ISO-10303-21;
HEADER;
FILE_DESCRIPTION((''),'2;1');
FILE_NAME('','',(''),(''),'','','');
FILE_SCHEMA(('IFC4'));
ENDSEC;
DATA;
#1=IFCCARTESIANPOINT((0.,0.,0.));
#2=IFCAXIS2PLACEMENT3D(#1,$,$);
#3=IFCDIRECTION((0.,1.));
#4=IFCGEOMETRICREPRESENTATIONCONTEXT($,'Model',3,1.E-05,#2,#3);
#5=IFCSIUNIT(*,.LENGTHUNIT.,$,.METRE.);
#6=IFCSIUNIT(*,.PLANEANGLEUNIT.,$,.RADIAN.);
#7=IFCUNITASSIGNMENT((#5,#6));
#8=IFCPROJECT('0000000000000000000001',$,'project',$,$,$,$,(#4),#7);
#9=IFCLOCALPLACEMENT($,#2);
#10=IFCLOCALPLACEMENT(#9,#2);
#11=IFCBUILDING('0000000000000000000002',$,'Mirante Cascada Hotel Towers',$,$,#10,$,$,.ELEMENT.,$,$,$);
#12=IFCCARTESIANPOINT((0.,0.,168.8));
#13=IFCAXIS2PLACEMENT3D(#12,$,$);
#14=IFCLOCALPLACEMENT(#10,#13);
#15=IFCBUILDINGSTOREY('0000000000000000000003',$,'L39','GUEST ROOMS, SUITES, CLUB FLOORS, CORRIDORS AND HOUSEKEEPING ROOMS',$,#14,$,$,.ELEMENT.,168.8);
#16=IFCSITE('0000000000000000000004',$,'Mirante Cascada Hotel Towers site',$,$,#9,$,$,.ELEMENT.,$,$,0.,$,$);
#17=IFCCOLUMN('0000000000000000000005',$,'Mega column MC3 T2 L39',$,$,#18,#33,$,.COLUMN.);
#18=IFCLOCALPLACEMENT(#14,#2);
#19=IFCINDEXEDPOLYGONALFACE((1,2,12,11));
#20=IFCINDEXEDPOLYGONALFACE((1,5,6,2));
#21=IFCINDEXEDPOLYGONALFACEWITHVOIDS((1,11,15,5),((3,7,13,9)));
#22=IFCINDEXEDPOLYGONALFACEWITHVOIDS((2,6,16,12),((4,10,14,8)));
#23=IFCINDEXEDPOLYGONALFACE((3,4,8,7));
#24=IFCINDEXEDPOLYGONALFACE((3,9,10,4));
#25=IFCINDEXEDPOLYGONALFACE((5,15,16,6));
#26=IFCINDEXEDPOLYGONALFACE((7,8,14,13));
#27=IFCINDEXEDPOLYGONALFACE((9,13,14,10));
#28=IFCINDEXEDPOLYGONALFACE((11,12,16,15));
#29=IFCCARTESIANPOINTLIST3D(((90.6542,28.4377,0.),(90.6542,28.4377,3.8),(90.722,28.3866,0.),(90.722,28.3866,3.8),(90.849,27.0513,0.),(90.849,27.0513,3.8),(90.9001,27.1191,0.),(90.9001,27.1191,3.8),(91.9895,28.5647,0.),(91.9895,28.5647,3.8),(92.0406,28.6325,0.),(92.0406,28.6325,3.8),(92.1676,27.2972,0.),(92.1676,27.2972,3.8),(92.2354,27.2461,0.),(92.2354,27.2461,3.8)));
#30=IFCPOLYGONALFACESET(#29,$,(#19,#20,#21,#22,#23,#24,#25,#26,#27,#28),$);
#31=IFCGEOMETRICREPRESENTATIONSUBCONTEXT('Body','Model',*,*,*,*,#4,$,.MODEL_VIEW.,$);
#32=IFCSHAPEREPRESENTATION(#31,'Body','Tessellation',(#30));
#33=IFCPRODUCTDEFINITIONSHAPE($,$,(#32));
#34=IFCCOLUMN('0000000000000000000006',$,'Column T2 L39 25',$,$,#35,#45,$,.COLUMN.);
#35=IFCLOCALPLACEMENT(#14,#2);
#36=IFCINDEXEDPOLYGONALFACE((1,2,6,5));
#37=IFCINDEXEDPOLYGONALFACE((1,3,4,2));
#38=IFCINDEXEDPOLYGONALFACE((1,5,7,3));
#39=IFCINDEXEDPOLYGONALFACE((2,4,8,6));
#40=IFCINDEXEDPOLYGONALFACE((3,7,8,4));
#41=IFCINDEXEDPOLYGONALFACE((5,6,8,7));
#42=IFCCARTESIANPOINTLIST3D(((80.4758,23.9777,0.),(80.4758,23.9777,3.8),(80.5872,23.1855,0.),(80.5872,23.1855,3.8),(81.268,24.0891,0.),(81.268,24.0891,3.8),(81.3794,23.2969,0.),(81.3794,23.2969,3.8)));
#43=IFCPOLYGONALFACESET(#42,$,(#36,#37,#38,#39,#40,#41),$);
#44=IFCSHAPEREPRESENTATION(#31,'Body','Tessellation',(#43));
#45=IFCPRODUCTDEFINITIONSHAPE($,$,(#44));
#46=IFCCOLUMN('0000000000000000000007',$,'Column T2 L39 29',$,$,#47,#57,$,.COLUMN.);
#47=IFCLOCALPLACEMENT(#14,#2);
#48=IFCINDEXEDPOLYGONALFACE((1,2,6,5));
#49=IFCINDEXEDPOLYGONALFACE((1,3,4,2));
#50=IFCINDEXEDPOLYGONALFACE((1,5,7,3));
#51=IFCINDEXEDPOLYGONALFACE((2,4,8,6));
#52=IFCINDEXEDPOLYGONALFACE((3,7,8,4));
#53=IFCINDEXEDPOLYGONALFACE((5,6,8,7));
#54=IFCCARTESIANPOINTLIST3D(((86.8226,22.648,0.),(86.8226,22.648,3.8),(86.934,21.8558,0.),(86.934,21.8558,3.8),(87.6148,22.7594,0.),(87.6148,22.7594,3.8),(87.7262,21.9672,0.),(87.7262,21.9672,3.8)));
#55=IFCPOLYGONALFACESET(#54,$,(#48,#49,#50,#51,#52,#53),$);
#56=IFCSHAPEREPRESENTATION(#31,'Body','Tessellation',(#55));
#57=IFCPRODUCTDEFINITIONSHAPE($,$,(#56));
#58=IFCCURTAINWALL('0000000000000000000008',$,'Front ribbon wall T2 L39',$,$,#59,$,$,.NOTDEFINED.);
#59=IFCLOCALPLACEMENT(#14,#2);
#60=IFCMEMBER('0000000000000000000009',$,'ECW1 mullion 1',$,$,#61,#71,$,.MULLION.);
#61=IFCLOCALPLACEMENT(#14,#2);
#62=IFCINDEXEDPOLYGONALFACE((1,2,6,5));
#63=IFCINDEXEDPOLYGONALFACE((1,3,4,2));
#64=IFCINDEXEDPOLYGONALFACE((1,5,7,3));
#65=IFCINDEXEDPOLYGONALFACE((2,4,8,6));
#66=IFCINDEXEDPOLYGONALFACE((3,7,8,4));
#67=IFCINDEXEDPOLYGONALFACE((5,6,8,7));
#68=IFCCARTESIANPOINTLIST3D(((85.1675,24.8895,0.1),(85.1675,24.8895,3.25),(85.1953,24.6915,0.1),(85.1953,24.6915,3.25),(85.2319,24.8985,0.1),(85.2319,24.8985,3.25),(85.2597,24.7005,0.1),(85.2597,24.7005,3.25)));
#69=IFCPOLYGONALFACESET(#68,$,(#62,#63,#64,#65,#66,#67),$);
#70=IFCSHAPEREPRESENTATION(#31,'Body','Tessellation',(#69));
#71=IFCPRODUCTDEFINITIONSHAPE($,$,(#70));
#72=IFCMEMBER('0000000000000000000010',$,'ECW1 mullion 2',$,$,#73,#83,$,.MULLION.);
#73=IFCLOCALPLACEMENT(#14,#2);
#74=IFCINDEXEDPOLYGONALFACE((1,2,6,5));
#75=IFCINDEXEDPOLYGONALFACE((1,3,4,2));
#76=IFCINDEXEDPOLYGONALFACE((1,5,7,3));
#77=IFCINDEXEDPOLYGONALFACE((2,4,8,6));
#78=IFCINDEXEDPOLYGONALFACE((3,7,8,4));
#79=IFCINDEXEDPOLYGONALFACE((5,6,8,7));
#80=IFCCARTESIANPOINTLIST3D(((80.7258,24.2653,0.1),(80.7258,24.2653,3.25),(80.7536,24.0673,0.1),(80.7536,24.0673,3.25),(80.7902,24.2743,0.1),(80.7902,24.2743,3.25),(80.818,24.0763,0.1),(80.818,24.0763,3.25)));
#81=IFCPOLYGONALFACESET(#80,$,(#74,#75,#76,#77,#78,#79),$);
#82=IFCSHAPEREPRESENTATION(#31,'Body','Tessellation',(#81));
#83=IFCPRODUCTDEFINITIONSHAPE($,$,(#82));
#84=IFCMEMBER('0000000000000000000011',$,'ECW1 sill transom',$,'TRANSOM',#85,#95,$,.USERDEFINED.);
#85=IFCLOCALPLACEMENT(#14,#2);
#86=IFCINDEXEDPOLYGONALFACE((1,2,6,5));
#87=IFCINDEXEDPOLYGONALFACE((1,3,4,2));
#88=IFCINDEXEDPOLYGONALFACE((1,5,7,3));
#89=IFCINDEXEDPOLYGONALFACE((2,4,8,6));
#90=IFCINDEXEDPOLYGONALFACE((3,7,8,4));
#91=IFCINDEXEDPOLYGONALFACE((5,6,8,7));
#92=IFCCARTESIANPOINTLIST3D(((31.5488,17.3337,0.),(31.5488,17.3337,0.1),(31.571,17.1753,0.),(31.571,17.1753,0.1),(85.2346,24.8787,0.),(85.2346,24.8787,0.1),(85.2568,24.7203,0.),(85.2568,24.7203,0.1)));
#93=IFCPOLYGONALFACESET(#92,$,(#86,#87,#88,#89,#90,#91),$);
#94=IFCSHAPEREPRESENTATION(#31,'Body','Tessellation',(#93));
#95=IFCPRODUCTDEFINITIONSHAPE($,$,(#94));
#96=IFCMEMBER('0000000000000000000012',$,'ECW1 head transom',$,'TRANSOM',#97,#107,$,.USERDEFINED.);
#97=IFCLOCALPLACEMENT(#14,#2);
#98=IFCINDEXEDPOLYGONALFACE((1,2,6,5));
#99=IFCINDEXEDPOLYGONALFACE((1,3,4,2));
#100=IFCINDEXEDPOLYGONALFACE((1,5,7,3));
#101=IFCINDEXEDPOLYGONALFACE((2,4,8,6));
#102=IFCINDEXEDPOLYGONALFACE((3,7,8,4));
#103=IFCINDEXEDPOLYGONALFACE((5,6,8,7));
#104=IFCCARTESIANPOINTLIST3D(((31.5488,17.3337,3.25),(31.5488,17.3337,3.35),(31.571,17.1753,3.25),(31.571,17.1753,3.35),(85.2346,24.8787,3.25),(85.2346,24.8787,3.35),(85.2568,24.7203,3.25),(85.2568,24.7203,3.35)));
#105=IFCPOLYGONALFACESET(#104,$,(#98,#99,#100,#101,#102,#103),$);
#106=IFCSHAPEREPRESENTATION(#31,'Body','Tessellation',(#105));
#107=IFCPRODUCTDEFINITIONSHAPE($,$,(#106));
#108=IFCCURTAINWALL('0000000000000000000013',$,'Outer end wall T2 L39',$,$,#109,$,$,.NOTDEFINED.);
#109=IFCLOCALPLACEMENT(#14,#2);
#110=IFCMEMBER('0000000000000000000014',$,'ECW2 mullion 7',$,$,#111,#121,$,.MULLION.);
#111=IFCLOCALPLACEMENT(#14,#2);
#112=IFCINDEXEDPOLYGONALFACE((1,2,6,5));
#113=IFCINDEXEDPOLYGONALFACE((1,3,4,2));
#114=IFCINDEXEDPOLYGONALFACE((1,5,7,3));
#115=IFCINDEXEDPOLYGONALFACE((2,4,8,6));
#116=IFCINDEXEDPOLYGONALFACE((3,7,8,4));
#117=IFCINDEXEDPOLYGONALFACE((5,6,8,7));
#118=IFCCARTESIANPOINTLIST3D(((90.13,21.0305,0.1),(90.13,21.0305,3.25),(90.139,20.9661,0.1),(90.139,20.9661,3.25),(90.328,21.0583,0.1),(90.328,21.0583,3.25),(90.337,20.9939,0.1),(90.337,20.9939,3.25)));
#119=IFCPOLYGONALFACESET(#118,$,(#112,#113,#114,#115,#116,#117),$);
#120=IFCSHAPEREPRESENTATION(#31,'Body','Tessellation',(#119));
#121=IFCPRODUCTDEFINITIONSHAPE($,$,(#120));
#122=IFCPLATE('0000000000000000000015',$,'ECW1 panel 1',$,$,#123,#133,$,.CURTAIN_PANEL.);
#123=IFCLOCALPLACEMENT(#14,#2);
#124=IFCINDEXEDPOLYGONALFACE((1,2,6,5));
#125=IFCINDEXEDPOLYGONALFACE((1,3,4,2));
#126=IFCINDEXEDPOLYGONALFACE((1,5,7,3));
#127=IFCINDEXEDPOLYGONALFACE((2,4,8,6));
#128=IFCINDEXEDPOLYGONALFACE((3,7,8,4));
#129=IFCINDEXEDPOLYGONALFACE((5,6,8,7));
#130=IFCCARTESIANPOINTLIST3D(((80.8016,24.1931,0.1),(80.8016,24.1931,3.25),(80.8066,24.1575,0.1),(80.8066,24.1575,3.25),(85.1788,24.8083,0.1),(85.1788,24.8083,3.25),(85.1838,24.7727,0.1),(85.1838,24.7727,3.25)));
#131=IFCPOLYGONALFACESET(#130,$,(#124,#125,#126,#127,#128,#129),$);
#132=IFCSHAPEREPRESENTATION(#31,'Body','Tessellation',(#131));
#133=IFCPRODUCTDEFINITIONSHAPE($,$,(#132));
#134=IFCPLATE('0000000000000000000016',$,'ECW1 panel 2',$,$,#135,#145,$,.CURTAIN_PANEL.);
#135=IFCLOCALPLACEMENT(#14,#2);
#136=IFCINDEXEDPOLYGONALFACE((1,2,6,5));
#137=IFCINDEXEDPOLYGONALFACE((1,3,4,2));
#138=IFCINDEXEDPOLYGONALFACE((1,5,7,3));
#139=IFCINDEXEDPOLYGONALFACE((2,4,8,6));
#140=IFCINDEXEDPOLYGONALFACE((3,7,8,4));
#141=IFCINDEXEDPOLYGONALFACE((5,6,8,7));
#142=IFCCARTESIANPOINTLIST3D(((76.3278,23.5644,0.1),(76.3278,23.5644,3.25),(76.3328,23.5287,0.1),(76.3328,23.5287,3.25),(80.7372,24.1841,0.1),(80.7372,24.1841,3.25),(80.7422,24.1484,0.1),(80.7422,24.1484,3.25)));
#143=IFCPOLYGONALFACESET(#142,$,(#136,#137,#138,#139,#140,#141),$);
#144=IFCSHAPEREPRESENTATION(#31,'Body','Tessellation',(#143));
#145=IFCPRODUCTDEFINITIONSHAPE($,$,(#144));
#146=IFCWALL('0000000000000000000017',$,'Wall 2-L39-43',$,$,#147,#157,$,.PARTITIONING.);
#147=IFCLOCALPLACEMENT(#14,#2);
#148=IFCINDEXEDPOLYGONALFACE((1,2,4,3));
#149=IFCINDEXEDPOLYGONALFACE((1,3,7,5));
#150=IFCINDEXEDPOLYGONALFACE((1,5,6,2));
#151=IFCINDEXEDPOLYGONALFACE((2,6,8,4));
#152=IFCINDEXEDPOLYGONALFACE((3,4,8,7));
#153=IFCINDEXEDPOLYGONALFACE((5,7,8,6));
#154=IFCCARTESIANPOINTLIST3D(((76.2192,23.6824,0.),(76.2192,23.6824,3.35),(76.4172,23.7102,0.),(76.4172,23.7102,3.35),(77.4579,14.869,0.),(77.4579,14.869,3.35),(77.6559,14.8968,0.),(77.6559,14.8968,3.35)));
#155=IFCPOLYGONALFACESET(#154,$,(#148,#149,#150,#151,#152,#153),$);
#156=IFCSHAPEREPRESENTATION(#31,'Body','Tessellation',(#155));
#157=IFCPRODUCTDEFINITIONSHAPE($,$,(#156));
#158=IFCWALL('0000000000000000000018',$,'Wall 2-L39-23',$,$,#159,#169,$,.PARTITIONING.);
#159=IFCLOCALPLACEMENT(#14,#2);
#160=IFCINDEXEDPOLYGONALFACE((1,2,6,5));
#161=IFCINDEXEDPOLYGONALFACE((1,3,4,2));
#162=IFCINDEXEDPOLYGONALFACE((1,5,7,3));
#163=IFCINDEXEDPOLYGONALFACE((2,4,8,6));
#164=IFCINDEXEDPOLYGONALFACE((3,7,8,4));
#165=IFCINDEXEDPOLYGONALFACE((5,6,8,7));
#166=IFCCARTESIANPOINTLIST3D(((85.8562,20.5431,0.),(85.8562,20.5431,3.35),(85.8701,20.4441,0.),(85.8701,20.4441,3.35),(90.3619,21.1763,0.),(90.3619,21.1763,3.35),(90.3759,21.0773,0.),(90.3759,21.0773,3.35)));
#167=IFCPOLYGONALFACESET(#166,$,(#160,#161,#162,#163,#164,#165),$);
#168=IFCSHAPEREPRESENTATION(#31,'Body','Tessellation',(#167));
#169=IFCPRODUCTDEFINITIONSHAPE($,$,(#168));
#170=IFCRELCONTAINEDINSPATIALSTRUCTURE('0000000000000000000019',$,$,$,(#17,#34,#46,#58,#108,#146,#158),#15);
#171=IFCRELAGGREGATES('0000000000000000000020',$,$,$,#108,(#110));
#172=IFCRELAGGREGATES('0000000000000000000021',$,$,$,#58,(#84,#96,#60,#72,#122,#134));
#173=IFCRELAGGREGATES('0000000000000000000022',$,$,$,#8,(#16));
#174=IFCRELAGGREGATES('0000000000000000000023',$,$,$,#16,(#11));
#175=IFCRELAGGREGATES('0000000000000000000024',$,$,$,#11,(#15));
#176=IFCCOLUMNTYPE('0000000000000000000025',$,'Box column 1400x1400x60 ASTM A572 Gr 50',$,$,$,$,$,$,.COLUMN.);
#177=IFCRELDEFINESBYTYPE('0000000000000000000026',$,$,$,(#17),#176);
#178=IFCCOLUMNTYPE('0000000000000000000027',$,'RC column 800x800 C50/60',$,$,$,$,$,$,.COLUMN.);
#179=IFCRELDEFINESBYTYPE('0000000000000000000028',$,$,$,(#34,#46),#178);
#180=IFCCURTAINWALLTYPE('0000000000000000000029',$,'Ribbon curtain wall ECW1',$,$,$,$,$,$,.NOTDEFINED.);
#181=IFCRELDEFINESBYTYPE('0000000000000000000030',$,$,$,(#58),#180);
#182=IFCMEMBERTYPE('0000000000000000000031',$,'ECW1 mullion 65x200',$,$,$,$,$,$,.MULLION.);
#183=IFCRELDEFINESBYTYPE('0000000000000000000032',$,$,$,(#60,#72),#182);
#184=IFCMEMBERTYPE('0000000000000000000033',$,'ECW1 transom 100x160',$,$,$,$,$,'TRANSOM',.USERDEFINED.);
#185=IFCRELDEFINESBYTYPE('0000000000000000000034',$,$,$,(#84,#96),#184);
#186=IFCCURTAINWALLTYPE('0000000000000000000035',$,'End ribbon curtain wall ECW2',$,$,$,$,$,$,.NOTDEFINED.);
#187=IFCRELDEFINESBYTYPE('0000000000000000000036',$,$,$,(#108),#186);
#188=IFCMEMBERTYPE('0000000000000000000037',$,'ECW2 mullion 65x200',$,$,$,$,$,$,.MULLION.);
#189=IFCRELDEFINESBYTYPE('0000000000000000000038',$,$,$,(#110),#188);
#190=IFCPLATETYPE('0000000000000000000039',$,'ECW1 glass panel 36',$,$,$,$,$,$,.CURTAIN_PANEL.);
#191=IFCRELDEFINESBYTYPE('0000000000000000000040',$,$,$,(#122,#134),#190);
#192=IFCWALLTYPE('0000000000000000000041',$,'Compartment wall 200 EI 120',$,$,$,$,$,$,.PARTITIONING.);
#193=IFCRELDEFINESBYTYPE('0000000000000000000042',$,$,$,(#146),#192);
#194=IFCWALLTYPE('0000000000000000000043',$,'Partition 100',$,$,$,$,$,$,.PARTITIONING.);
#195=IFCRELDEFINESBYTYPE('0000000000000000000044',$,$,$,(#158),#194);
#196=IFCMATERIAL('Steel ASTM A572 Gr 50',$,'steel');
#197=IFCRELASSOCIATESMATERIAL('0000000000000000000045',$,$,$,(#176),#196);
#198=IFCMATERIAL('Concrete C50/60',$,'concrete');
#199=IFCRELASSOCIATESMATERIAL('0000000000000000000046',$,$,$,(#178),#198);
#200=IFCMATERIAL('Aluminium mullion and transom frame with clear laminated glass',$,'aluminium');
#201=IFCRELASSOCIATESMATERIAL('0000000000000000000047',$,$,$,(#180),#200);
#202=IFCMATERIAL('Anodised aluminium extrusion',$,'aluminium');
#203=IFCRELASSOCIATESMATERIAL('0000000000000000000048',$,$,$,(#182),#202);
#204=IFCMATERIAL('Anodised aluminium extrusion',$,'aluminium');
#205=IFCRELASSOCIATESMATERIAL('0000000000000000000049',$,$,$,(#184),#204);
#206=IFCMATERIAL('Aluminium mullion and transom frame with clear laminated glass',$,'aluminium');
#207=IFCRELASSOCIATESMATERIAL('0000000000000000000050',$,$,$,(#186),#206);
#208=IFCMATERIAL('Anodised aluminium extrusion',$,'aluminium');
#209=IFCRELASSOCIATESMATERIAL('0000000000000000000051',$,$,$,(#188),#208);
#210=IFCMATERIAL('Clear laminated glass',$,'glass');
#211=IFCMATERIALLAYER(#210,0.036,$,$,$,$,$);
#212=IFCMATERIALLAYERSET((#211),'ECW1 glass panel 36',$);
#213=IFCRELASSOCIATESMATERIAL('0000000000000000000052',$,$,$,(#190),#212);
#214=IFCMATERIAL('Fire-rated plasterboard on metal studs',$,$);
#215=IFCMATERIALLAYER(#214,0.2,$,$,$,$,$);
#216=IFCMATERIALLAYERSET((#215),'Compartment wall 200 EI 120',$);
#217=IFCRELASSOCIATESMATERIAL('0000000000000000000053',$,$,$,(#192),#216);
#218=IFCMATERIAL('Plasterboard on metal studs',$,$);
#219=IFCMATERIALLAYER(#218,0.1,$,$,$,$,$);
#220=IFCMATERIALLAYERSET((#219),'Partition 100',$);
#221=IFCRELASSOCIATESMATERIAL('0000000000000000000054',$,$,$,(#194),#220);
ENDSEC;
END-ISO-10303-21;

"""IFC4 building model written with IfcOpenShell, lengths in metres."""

from ifc_helpers import new_model, si_unit, direction, frame, frame_2d, origin, origin_2d, place, context, subcontext, project, spatial, rectangle, hollow_rectangle, extrude, material, layer, layer_set, material_profile, profile_set, type_object, element, aggregate, save


model = new_model("IFC4")

# Units and contexts
model_context = context("Model", 3, precision=1e-05, world=origin(), true_north=direction((0.0, 1.0)))
body_context = subcontext(model_context, "Body", "Model", "MODEL_VIEW")
ifc_project = project(units=[si_unit("LENGTHUNIT", "METRE"), si_unit("PLANEANGLEUNIT", "RADIAN")], contexts=[model_context])

# Site, building, storey
site_placement = place(None, origin())
site = spatial("IfcSite", under=ifc_project, at=site_placement, Name="Mirante Cascada Hotel Towers site", CompositionType="ELEMENT", RefElevation=0.0)
building_placement = place(site_placement, origin())
building = spatial("IfcBuilding", under=site, at=building_placement, Name="Mirante Cascada Hotel Towers", CompositionType="ELEMENT")
storey_placement = place(building_placement, frame((0.0, 0.0, 168.8)))
storey = spatial("IfcBuildingStorey", under=building, at=storey_placement, Name="L39", Description="GUEST ROOMS, SUITES, CLUB FLOORS, CORRIDORS AND HOUSEKEEPING ROOMS", CompositionType="ELEMENT", Elevation=168.8)

# Columns
ifc_material_1 = material(Name="Steel ASTM A572 Gr 50", Category="steel")
ifc_material_profile_1 = material_profile(ifc_material_1, hollow_rectangle(XDim=1.4, YDim=1.4, WallThickness=0.06, at=origin_2d()), Name="Box column 1400x1400x60 ASTM A572 Gr 50")
ifc_profile_set_1 = profile_set([ifc_material_profile_1], Name="Steel ASTM A572 Gr 50")
column_type_1 = type_object("IfcColumnType", Name="Box column 1400x1400x60 ASTM A572 Gr 50", PredefinedType="COLUMN", material=ifc_profile_set_1)
column_placement = place(storey_placement, frame((91.4448, 27.8419, 0.0), z_axis=(0.0, 0.0, 1.0), x_axis=(0.990268, 0.139173, 0.0)))
element("IfcColumn", 1, at=column_placement, inside=storey, type_object=column_type_1, Name="Mega column MC3 T2 L39", PredefinedType="COLUMN", context=body_context, shape_type="SweptSolid", body=[
    extrude(hollow_rectangle(XDim=1.4, YDim=1.4, WallThickness=0.06, at=origin_2d()), origin(), (0.0, 0.0, 1.0), 3.8),
])
ifc_material_2 = material(Name="Concrete C50/60", Category="concrete")
ifc_material_profile_2 = material_profile(ifc_material_2, rectangle(XDim=0.8, YDim=0.8, at=origin_2d()), Name="RC column 800x800 C50/60")
ifc_profile_set_2 = profile_set([ifc_material_profile_2], Name="Concrete C50/60")
column_type_2 = type_object("IfcColumnType", Name="RC column 800x800 C50/60", PredefinedType="COLUMN", material=ifc_profile_set_2)
for number, where, z_axis, x_axis, name in (
    (2, (80.9276, 23.6373, 0.0), (0.0, 0.0, 1.0), (0.990268, 0.139173, 0.0), "Column T2 L39 25"),
    (3, (87.2744, 22.3076, 0.0), (0.0, 0.0, 1.0), (0.990268, 0.139173, 0.0), "Column T2 L39 29"),
):
    element("IfcColumn", number, at=place(storey_placement, frame(where, z_axis=z_axis, x_axis=x_axis)), inside=storey, type_object=column_type_2, Name=name, PredefinedType="COLUMN", context=body_context, shape_type="SweptSolid", body=[
        extrude(rectangle(XDim=0.8, YDim=0.8, at=origin_2d()), origin(), (0.0, 0.0, 1.0), 3.8),
    ])

# Curtain wall, members
ifc_material_3 = material(Name="Aluminium mullion and transom frame with clear laminated glass", Category="aluminium")
curtain_wall_type_1 = type_object("IfcCurtainWallType", Name="Ribbon curtain wall ECW1", PredefinedType="NOTDEFINED", material=ifc_material_3)
curtain_wall_1_placement = place(storey_placement, origin())
curtain_wall_1 = element("IfcCurtainWall", 4, at=curtain_wall_1_placement, inside=storey, type_object=curtain_wall_type_1, Name="Front ribbon wall T2 L39", PredefinedType="NOTDEFINED")
ifc_material_4 = material(Name="Anodised aluminium extrusion", Category="aluminium")
ifc_material_profile_3 = material_profile(ifc_material_4, rectangle(XDim=0.2, YDim=0.065, at=origin_2d()), Name="ECW1 MULLION 65x200")
ifc_profile_set_3 = profile_set([ifc_material_profile_3], Name="Anodised aluminium extrusion")
member_type_1 = type_object("IfcMemberType", Name="ECW1 mullion 65x200", PredefinedType="MULLION", material=ifc_profile_set_3)
member_1_placement = place(storey_placement, frame((85.2136, 24.795, 0.1), z_axis=(0.0, 0.0, 1.0), x_axis=(0.139173, -0.990268, 0.0)))
member_1 = element("IfcMember", 5, at=member_1_placement, type_object=member_type_1, Name="ECW1 mullion 1", PredefinedType="MULLION", context=body_context, shape_type="SweptSolid", body=[
    extrude(rectangle(XDim=0.2, YDim=0.065, at=origin_2d()), origin(), (0.0, 0.0, 1.0), 3.15),
])
member_2_placement = place(storey_placement, frame((80.7719, 24.1708, 0.1), z_axis=(0.0, 0.0, 1.0), x_axis=(0.139173, -0.990268, 0.0)))
member_2 = element("IfcMember", 6, at=member_2_placement, type_object=member_type_1, Name="ECW1 mullion 2", PredefinedType="MULLION", context=body_context, shape_type="SweptSolid", body=[
    extrude(rectangle(XDim=0.2, YDim=0.065, at=origin_2d()), origin(), (0.0, 0.0, 1.0), 3.15),
])
ifc_material_5 = material(Name="Anodised aluminium extrusion", Category="aluminium")
ifc_material_profile_4 = material_profile(ifc_material_5, rectangle(XDim=0.16, YDim=0.1, at=origin_2d()), Name="ECW1 TRANSOM 100x160")
ifc_profile_set_4 = profile_set([ifc_material_profile_4], Name="Anodised aluminium extrusion")
member_type_2 = type_object("IfcMemberType", Name="ECW1 transom 100x160", ElementType="TRANSOM", PredefinedType="USERDEFINED", material=ifc_profile_set_4)
member_3_placement = place(storey_placement, frame((85.2457, 24.7995, 0.05), z_axis=(-0.990268, -0.139172, 0.0), x_axis=(0.139172, -0.990268, 0.0)))
member_3 = element("IfcMember", 7, at=member_3_placement, type_object=member_type_2, Name="ECW1 sill transom", ObjectType="TRANSOM", PredefinedType="USERDEFINED", context=body_context, shape_type="SweptSolid", body=[
    extrude(rectangle(XDim=0.16, YDim=0.1, at=origin_2d()), origin(), (0.0, 0.0, 1.0), 54.2134),
])
member_4_placement = place(storey_placement, frame((85.2457, 24.7995, 3.3), z_axis=(-0.990268, -0.139172, 0.0), x_axis=(0.139172, -0.990268, 0.0)))
member_4 = element("IfcMember", 8, at=member_4_placement, type_object=member_type_2, Name="ECW1 head transom", ObjectType="TRANSOM", PredefinedType="USERDEFINED", context=body_context, shape_type="SweptSolid", body=[
    extrude(rectangle(XDim=0.16, YDim=0.1, at=origin_2d()), origin(), (0.0, 0.0, 1.0), 54.2134),
])

# Curtain wall, member
ifc_material_6 = material(Name="Aluminium mullion and transom frame with clear laminated glass", Category="aluminium")
curtain_wall_type_2 = type_object("IfcCurtainWallType", Name="End ribbon curtain wall ECW2", PredefinedType="NOTDEFINED", material=ifc_material_6)
curtain_wall_2_placement = place(storey_placement, origin())
curtain_wall_2 = element("IfcCurtainWall", 9, at=curtain_wall_2_placement, inside=storey, type_object=curtain_wall_type_2, Name="Outer end wall T2 L39", PredefinedType="NOTDEFINED")
ifc_material_7 = material(Name="Anodised aluminium extrusion", Category="aluminium")
ifc_material_profile_5 = material_profile(ifc_material_7, rectangle(XDim=0.2, YDim=0.065, at=origin_2d()), Name="ECW2 MULLION 65x200")
ifc_profile_set_5 = profile_set([ifc_material_profile_5], Name="Anodised aluminium extrusion")
member_type_3 = type_object("IfcMemberType", Name="ECW2 mullion 65x200", PredefinedType="MULLION", material=ifc_profile_set_5)
member_5_placement = place(storey_placement, frame((90.2335, 21.0122, 0.1), z_axis=(0.0, 0.0, 1.0), x_axis=(-0.990268, -0.139173, 0.0)))
member_5 = element("IfcMember", 10, at=member_5_placement, type_object=member_type_3, Name="ECW2 mullion 7", PredefinedType="MULLION", context=body_context, shape_type="SweptSolid", body=[
    extrude(rectangle(XDim=0.2, YDim=0.065, at=origin_2d()), origin(), (0.0, 0.0, 1.0), 3.15),
])
aggregate(curtain_wall_2, [member_5])

# Plates
ifc_material_8 = material(Name="Clear laminated glass", Category="glass")
ifc_layer_1 = layer(ifc_material_8, 0.036)
ifc_layer_set_1 = layer_set([ifc_layer_1], Name="ECW1 glass panel 36")
plate_type = type_object("IfcPlateType", Name="ECW1 glass panel 36", PredefinedType="CURTAIN_PANEL", material=ifc_layer_set_1)
plate_1_placement = place(storey_placement, frame((82.9927, 24.4829, 0.1), z_axis=(0.0, 0.0, 1.0), x_axis=(-0.990268, -0.139173, 0.0)))
plate_1 = element("IfcPlate", 11, at=plate_1_placement, type_object=plate_type, Name="ECW1 panel 1", PredefinedType="CURTAIN_PANEL", context=body_context, shape_type="SweptSolid", body=[
    extrude(rectangle(XDim=4.4203, YDim=0.036, at=origin_2d()), origin(), (0.0, 0.0, 1.0), 3.15),
])
plate_2_placement = place(storey_placement, frame((78.535, 23.8564, 0.1), z_axis=(0.0, 0.0, 1.0), x_axis=(-0.990268, -0.139173, 0.0)))
plate_2 = element("IfcPlate", 12, at=plate_2_placement, type_object=plate_type, Name="ECW1 panel 2", PredefinedType="CURTAIN_PANEL", context=body_context, shape_type="SweptSolid", body=[
    extrude(rectangle(XDim=4.4528, YDim=0.036, at=origin_2d()), origin(), (0.0, 0.0, 1.0), 3.15),
])
aggregate(curtain_wall_1, [member_3, member_4, member_1, member_2, plate_1, plate_2])

# Walls
ifc_material_9 = material(Name="Fire-rated plasterboard on metal studs")
ifc_layer_2 = layer(ifc_material_9, 0.2)
ifc_layer_set_2 = layer_set([ifc_layer_2], Name="Compartment wall 200 EI 120")
wall_type_1 = type_object("IfcWallType", Name="Compartment wall 200 EI 120", PredefinedType="PARTITIONING", material=ifc_layer_set_2)
wall_1_placement = place(storey_placement, frame((76.3182, 23.6963, 0.0), z_axis=(0.0, 0.0, 1.0), x_axis=(0.139179, -0.990267, 0.0)))
element("IfcWall", 13, at=wall_1_placement, inside=storey, type_object=wall_type_1, Name="Wall 2-L39-43", PredefinedType="PARTITIONING", context=body_context, shape_type="SweptSolid", body=[
    extrude(rectangle(XDim=8.9, YDim=0.2, at=frame_2d((4.45, 0.0))), origin(), (0.0, 0.0, 1.0), 3.35),
])
ifc_material_10 = material(Name="Plasterboard on metal studs")
ifc_layer_3 = layer(ifc_material_10, 0.1)
ifc_layer_set_3 = layer_set([ifc_layer_3], Name="Partition 100")
wall_type_2 = type_object("IfcWallType", Name="Partition 100", PredefinedType="PARTITIONING", material=ifc_layer_set_3)
wall_2_placement = place(storey_placement, frame((90.3689, 21.1268, 0.0), z_axis=(0.0, 0.0, 1.0), x_axis=(-0.990269, -0.139166, 0.0)))
element("IfcWall", 14, at=wall_2_placement, inside=storey, type_object=wall_type_2, Name="Wall 2-L39-23", PredefinedType="PARTITIONING", context=body_context, shape_type="SweptSolid", body=[
    extrude(rectangle(XDim=4.55, YDim=0.1, at=frame_2d((2.275, 0.0))), origin(), (0.0, 0.0, 1.0), 3.35),
])

save(model, "model.ifc")
